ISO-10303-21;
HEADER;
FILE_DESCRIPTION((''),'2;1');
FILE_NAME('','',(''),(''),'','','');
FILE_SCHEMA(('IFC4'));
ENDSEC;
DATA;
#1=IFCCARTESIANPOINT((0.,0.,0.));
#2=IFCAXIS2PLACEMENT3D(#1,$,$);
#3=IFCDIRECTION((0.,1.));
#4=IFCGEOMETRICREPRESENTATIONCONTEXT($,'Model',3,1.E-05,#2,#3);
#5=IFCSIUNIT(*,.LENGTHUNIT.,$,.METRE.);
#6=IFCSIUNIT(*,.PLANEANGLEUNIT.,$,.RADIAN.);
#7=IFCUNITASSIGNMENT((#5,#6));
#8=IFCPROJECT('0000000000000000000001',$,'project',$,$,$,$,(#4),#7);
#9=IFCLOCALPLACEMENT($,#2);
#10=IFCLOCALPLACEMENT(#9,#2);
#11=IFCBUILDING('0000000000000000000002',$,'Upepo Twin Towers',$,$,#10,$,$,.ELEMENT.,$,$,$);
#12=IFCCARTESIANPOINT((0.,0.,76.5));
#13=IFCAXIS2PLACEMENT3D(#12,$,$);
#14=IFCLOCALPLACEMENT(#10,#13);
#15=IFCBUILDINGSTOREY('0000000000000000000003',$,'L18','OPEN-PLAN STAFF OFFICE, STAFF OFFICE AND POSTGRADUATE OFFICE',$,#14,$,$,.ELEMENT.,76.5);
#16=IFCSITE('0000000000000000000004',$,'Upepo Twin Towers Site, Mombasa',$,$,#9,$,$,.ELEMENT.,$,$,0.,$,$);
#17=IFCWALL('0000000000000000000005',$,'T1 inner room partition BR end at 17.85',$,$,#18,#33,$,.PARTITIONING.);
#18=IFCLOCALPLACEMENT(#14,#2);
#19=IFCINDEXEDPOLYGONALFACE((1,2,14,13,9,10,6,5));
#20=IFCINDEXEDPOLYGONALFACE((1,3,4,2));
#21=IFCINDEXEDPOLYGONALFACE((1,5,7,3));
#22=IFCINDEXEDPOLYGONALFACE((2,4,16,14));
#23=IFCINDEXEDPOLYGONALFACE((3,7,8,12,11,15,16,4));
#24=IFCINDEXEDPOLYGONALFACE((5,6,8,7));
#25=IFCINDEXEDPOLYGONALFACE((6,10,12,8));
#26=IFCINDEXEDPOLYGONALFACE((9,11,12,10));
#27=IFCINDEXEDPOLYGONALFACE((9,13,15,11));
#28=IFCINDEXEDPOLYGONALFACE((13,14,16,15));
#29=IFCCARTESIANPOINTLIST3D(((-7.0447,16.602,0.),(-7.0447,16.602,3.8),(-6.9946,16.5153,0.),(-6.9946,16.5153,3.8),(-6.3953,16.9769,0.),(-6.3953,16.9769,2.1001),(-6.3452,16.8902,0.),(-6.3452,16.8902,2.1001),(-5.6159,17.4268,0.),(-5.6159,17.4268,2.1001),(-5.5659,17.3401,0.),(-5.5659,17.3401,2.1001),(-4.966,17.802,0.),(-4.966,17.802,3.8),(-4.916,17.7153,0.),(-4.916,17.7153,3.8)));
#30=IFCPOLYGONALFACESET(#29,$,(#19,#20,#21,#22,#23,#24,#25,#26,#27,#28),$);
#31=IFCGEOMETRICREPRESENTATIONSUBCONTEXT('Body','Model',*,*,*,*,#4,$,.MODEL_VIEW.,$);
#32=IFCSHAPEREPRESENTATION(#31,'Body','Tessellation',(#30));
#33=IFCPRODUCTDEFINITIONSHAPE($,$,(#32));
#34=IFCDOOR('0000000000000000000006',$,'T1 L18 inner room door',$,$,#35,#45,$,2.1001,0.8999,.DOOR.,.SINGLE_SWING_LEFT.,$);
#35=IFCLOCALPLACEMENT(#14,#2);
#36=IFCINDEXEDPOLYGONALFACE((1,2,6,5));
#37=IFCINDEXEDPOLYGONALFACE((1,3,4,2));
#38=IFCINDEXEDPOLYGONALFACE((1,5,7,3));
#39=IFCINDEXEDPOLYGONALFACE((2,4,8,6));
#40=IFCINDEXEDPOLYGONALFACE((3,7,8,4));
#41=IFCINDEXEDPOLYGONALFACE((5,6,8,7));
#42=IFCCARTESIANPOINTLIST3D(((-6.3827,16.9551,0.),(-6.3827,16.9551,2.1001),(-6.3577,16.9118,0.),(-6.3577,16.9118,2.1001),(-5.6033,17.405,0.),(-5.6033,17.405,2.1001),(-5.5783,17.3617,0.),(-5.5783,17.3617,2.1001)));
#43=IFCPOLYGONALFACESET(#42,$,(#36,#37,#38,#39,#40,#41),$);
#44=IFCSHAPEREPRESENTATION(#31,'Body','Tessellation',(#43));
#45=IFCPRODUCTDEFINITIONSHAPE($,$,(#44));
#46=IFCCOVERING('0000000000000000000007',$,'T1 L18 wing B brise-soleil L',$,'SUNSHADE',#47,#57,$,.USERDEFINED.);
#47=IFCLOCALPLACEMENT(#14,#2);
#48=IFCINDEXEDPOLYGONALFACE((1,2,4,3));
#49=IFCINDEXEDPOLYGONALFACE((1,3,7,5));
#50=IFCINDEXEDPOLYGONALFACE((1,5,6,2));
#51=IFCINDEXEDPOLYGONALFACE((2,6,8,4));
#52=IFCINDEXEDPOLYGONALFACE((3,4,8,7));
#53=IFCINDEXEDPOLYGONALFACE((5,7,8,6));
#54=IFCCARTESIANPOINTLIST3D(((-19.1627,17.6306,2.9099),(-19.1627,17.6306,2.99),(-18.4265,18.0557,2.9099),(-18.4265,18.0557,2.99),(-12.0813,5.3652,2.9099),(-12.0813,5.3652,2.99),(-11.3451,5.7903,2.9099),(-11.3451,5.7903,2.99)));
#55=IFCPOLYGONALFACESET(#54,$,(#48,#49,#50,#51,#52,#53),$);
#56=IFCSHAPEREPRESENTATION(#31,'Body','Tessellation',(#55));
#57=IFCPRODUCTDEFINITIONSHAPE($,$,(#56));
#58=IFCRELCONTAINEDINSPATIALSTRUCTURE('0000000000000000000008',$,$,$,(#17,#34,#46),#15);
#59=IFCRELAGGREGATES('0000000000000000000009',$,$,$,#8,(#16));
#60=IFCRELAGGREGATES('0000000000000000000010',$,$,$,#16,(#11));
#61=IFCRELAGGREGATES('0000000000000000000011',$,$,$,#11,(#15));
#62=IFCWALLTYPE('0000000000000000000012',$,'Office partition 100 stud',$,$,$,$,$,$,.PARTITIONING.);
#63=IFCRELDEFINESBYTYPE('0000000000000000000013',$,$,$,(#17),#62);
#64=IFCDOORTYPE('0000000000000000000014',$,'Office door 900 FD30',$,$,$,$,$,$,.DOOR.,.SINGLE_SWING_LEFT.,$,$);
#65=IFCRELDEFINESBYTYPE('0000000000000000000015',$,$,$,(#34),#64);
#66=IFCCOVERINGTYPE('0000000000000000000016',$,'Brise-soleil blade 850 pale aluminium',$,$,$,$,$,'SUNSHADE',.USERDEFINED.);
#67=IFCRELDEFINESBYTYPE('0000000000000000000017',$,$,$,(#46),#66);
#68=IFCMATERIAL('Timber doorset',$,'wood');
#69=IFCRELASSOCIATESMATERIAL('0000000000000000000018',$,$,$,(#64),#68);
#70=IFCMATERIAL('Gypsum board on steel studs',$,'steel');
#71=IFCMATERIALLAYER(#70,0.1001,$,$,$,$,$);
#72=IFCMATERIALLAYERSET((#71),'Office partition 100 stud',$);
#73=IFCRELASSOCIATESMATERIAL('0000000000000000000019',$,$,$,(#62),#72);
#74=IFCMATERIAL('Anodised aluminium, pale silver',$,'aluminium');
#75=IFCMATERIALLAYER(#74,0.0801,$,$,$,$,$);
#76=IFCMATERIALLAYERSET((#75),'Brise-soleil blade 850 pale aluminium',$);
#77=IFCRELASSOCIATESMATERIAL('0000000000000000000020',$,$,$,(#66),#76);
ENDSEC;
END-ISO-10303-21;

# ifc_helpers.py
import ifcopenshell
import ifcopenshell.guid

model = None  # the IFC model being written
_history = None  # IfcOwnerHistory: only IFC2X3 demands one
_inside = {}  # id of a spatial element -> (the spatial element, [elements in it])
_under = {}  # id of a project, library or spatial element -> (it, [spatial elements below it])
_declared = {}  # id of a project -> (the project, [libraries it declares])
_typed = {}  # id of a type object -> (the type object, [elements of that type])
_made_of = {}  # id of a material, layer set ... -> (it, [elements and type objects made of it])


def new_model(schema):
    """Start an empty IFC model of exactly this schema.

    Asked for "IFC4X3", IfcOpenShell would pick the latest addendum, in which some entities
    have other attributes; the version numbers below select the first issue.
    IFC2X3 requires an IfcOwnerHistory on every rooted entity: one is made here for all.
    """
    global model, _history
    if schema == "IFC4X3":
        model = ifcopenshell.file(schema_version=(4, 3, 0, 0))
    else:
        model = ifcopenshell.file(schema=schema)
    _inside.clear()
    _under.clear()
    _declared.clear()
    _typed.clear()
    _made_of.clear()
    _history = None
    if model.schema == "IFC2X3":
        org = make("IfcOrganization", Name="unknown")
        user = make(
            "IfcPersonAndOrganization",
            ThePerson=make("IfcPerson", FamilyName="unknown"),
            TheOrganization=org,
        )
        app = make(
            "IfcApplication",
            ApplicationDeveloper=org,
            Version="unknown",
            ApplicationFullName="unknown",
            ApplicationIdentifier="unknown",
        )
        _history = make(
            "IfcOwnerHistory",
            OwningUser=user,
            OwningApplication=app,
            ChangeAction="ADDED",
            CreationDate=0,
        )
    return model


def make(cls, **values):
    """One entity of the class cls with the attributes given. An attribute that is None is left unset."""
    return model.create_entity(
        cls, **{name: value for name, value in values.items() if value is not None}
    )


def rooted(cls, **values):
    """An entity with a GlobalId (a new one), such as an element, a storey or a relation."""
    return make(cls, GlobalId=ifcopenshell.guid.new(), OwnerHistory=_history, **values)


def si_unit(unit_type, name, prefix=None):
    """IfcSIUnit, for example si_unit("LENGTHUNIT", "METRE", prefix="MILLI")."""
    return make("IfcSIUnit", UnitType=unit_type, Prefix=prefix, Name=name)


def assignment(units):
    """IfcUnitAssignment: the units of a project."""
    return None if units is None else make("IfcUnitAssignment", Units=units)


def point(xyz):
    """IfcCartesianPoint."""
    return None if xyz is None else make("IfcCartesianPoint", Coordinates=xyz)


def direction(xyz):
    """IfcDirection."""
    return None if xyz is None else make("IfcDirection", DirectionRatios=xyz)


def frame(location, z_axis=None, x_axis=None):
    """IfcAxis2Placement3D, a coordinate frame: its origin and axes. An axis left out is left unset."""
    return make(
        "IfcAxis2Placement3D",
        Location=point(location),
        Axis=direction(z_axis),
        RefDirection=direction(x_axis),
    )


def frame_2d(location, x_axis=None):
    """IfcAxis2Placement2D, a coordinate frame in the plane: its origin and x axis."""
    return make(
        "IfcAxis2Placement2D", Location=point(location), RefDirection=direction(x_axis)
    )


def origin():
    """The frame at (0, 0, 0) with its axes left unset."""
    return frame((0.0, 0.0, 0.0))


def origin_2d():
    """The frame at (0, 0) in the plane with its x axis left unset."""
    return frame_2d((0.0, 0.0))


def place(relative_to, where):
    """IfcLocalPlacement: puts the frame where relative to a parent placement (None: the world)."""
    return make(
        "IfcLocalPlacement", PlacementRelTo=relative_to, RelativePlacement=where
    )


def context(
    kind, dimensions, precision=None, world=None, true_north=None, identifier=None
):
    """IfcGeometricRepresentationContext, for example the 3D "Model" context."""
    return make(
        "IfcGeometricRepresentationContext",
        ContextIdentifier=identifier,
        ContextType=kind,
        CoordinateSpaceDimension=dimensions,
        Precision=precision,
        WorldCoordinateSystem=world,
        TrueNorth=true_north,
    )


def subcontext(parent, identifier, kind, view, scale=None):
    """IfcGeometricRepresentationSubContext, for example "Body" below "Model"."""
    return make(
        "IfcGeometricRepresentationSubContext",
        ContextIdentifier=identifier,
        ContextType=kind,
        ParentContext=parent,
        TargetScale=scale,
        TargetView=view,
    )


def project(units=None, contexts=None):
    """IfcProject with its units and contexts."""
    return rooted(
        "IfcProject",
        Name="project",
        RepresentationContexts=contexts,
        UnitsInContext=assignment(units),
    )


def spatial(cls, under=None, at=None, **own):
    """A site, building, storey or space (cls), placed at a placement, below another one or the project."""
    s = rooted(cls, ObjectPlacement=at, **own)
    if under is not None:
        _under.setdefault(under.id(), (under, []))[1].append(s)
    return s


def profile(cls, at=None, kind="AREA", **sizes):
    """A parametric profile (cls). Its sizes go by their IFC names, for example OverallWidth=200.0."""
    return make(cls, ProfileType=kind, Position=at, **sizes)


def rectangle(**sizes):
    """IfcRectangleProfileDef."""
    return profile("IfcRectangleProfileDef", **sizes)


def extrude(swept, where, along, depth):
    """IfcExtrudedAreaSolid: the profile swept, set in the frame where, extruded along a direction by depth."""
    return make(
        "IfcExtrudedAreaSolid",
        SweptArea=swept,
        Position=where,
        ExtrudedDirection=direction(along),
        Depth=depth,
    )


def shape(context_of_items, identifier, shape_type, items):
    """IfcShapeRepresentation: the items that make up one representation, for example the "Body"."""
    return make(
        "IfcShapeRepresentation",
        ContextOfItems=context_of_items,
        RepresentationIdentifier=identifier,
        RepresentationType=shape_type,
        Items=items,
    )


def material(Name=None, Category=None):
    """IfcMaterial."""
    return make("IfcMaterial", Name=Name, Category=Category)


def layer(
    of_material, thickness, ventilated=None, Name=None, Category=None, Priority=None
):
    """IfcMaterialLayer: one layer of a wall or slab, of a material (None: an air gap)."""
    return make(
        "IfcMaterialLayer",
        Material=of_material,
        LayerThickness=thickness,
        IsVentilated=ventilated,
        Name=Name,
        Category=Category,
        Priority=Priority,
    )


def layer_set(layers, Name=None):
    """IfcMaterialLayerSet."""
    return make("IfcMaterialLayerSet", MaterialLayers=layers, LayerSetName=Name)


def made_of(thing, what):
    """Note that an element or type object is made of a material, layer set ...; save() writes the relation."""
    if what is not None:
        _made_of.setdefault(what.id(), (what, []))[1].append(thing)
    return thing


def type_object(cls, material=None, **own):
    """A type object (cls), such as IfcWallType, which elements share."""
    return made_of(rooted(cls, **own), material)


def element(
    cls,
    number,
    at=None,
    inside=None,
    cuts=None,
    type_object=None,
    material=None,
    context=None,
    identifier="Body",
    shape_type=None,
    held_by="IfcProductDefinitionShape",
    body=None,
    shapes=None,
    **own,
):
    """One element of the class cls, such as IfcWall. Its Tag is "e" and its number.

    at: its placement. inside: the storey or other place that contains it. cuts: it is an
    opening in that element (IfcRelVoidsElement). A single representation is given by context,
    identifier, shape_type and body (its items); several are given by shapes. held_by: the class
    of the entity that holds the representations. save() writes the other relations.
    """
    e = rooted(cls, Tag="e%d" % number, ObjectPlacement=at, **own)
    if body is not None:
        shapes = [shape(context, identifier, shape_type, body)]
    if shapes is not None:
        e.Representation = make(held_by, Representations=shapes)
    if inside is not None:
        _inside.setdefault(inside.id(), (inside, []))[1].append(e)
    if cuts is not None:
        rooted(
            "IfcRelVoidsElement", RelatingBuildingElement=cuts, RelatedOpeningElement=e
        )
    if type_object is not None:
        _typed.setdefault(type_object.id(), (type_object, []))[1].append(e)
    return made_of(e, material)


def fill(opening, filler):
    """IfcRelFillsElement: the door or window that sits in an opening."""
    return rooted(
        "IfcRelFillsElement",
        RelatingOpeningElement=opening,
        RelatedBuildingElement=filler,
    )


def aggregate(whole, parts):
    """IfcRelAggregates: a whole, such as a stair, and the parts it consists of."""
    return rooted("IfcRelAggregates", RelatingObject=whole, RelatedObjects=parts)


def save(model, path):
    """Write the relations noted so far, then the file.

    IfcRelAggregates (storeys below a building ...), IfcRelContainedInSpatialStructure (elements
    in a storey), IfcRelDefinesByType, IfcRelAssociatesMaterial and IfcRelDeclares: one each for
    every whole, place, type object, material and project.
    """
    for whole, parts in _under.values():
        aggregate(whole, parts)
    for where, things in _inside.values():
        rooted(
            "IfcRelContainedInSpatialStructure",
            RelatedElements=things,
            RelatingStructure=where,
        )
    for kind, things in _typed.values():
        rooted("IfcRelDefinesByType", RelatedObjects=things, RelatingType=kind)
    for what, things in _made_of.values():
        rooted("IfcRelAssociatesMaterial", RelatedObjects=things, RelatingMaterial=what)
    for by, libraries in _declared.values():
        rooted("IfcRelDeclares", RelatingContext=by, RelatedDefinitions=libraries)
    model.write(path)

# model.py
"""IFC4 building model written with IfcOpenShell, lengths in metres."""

from ifc_helpers import new_model, si_unit, direction, frame, frame_2d, origin, origin_2d, place, context, subcontext, project, spatial, rectangle, extrude, material, layer, layer_set, type_object, element, fill, save


model = new_model("IFC4")

# Units and contexts
model_context = context("Model", 3, precision=1e-05, world=origin(), true_north=direction((0.0, 1.0)))
body_context = subcontext(model_context, "Body", "Model", "MODEL_VIEW")
ifc_project = project(units=[si_unit("LENGTHUNIT", "METRE"), si_unit("PLANEANGLEUNIT", "RADIAN")], contexts=[model_context])

# Site, building, storey
site_placement = place(None, origin())
site = spatial("IfcSite", under=ifc_project, at=site_placement, Name="Upepo Twin Towers Site, Mombasa", CompositionType="ELEMENT", RefElevation=0.0)
building_placement = place(site_placement, origin())
building = spatial("IfcBuilding", under=site, at=building_placement, Name="Upepo Twin Towers", CompositionType="ELEMENT")
storey_placement = place(building_placement, frame((0.0, 0.0, 76.5)))
storey = spatial("IfcBuildingStorey", under=building, at=storey_placement, Name="L18", Description="OPEN-PLAN STAFF OFFICE, STAFF OFFICE AND POSTGRADUATE OFFICE", CompositionType="ELEMENT", Elevation=76.5)

# Shared definitions
ifc_material_1 = material(Name="Timber doorset", Category="wood")
door_type = type_object("IfcDoorType", Name="Office door 900 FD30", OperationType="SINGLE_SWING_LEFT", PredefinedType="DOOR", material=ifc_material_1)

# Shared definitions
ifc_material_2 = material(Name="Gypsum board on steel studs", Category="steel")
ifc_layer_1 = layer(ifc_material_2, 0.1001)
ifc_layer_set_1 = layer_set([ifc_layer_1], Name="Office partition 100 stud")
wall_type_1 = type_object("IfcWallType", Name="Office partition 100 stud", PredefinedType="PARTITIONING", material=ifc_layer_set_1)

# Wall, opening, door
wall_1_placement = place(storey_placement, frame((-7.0198, 16.5586, 0.0), z_axis=(0.0, 0.0, 1.0), x_axis=(0.86605, 0.499957, 0.0)))
wall_1 = element("IfcWall", 1, at=wall_1_placement, inside=storey, type_object=wall_type_1, Name="T1 inner room partition BR end at 17.85", PredefinedType="PARTITIONING", context=body_context, shape_type="SweptSolid", body=[
    extrude(rectangle(XDim=2.4001, YDim=0.1001, at=frame_2d((1.2002, 0.0))), origin(), (0.0, 0.0, 1.0), 3.8),
])
opening_1_placement = place(wall_1_placement, frame((0.75, 0.0, 0.0)))
opening_1 = element("IfcOpeningElement", 2, at=opening_1_placement, cuts=wall_1, PredefinedType="OPENING", context=body_context, shape_type="SweptSolid", body=[
    extrude(rectangle(XDim=0.8999, YDim=2.1001, at=frame_2d((0.45, 1.05))), frame((0.0, 0.0601, 0.0), z_axis=(0.0, -1.0, 0.0), x_axis=(1.0, 0.0, 0.0)), (0.0, 0.0, 1.0), 0.1201),
])
door_1_placement = place(opening_1_placement, origin())
door_1 = element("IfcDoor", 3, at=door_1_placement, inside=storey, type_object=door_type, Name="T1 L18 inner room door", OperationType="SINGLE_SWING_LEFT", OverallHeight=2.1001, OverallWidth=0.8999, PredefinedType="DOOR", context=body_context, shape_type="SweptSolid", body=[
    extrude(rectangle(XDim=0.8999, YDim=2.1001, at=frame_2d((0.45, 1.05))), frame((0.0, 0.0249, 0.0), z_axis=(0.0, -1.0, 0.0), x_axis=(1.0, 0.0, 0.0)), (0.0, 0.0, 1.0), 0.05),
])
fill(opening_1, door_1)

# Covering
ifc_material_3 = material(Name="Anodised aluminium, pale silver", Category="aluminium")
ifc_layer_2 = layer(ifc_material_3, 0.0801)
ifc_layer_set_2 = layer_set([ifc_layer_2], Name="Brise-soleil blade 850 pale aluminium")
covering_type = type_object("IfcCoveringType", Name="Brise-soleil blade 850 pale aluminium", ElementType="SUNSHADE", PredefinedType="USERDEFINED", material=ifc_layer_set_2)
covering_placement = place(storey_placement, frame((-15.2539, 11.7104, 2.9099), z_axis=(0.0, 0.0, 1.0), x_axis=(-0.5, 0.866025, 0.0)))
element("IfcCovering", 4, at=covering_placement, inside=storey, type_object=covering_type, Name="T1 L18 wing B brise-soleil L", ObjectType="SUNSHADE", PredefinedType="USERDEFINED", context=body_context, shape_type="SweptSolid", body=[
    extrude(rectangle(XDim=14.1628, YDim=0.8501, at=origin_2d()), origin(), (0.0, 0.0, 1.0), 0.0801),
])

save(model, "model.ifc")
